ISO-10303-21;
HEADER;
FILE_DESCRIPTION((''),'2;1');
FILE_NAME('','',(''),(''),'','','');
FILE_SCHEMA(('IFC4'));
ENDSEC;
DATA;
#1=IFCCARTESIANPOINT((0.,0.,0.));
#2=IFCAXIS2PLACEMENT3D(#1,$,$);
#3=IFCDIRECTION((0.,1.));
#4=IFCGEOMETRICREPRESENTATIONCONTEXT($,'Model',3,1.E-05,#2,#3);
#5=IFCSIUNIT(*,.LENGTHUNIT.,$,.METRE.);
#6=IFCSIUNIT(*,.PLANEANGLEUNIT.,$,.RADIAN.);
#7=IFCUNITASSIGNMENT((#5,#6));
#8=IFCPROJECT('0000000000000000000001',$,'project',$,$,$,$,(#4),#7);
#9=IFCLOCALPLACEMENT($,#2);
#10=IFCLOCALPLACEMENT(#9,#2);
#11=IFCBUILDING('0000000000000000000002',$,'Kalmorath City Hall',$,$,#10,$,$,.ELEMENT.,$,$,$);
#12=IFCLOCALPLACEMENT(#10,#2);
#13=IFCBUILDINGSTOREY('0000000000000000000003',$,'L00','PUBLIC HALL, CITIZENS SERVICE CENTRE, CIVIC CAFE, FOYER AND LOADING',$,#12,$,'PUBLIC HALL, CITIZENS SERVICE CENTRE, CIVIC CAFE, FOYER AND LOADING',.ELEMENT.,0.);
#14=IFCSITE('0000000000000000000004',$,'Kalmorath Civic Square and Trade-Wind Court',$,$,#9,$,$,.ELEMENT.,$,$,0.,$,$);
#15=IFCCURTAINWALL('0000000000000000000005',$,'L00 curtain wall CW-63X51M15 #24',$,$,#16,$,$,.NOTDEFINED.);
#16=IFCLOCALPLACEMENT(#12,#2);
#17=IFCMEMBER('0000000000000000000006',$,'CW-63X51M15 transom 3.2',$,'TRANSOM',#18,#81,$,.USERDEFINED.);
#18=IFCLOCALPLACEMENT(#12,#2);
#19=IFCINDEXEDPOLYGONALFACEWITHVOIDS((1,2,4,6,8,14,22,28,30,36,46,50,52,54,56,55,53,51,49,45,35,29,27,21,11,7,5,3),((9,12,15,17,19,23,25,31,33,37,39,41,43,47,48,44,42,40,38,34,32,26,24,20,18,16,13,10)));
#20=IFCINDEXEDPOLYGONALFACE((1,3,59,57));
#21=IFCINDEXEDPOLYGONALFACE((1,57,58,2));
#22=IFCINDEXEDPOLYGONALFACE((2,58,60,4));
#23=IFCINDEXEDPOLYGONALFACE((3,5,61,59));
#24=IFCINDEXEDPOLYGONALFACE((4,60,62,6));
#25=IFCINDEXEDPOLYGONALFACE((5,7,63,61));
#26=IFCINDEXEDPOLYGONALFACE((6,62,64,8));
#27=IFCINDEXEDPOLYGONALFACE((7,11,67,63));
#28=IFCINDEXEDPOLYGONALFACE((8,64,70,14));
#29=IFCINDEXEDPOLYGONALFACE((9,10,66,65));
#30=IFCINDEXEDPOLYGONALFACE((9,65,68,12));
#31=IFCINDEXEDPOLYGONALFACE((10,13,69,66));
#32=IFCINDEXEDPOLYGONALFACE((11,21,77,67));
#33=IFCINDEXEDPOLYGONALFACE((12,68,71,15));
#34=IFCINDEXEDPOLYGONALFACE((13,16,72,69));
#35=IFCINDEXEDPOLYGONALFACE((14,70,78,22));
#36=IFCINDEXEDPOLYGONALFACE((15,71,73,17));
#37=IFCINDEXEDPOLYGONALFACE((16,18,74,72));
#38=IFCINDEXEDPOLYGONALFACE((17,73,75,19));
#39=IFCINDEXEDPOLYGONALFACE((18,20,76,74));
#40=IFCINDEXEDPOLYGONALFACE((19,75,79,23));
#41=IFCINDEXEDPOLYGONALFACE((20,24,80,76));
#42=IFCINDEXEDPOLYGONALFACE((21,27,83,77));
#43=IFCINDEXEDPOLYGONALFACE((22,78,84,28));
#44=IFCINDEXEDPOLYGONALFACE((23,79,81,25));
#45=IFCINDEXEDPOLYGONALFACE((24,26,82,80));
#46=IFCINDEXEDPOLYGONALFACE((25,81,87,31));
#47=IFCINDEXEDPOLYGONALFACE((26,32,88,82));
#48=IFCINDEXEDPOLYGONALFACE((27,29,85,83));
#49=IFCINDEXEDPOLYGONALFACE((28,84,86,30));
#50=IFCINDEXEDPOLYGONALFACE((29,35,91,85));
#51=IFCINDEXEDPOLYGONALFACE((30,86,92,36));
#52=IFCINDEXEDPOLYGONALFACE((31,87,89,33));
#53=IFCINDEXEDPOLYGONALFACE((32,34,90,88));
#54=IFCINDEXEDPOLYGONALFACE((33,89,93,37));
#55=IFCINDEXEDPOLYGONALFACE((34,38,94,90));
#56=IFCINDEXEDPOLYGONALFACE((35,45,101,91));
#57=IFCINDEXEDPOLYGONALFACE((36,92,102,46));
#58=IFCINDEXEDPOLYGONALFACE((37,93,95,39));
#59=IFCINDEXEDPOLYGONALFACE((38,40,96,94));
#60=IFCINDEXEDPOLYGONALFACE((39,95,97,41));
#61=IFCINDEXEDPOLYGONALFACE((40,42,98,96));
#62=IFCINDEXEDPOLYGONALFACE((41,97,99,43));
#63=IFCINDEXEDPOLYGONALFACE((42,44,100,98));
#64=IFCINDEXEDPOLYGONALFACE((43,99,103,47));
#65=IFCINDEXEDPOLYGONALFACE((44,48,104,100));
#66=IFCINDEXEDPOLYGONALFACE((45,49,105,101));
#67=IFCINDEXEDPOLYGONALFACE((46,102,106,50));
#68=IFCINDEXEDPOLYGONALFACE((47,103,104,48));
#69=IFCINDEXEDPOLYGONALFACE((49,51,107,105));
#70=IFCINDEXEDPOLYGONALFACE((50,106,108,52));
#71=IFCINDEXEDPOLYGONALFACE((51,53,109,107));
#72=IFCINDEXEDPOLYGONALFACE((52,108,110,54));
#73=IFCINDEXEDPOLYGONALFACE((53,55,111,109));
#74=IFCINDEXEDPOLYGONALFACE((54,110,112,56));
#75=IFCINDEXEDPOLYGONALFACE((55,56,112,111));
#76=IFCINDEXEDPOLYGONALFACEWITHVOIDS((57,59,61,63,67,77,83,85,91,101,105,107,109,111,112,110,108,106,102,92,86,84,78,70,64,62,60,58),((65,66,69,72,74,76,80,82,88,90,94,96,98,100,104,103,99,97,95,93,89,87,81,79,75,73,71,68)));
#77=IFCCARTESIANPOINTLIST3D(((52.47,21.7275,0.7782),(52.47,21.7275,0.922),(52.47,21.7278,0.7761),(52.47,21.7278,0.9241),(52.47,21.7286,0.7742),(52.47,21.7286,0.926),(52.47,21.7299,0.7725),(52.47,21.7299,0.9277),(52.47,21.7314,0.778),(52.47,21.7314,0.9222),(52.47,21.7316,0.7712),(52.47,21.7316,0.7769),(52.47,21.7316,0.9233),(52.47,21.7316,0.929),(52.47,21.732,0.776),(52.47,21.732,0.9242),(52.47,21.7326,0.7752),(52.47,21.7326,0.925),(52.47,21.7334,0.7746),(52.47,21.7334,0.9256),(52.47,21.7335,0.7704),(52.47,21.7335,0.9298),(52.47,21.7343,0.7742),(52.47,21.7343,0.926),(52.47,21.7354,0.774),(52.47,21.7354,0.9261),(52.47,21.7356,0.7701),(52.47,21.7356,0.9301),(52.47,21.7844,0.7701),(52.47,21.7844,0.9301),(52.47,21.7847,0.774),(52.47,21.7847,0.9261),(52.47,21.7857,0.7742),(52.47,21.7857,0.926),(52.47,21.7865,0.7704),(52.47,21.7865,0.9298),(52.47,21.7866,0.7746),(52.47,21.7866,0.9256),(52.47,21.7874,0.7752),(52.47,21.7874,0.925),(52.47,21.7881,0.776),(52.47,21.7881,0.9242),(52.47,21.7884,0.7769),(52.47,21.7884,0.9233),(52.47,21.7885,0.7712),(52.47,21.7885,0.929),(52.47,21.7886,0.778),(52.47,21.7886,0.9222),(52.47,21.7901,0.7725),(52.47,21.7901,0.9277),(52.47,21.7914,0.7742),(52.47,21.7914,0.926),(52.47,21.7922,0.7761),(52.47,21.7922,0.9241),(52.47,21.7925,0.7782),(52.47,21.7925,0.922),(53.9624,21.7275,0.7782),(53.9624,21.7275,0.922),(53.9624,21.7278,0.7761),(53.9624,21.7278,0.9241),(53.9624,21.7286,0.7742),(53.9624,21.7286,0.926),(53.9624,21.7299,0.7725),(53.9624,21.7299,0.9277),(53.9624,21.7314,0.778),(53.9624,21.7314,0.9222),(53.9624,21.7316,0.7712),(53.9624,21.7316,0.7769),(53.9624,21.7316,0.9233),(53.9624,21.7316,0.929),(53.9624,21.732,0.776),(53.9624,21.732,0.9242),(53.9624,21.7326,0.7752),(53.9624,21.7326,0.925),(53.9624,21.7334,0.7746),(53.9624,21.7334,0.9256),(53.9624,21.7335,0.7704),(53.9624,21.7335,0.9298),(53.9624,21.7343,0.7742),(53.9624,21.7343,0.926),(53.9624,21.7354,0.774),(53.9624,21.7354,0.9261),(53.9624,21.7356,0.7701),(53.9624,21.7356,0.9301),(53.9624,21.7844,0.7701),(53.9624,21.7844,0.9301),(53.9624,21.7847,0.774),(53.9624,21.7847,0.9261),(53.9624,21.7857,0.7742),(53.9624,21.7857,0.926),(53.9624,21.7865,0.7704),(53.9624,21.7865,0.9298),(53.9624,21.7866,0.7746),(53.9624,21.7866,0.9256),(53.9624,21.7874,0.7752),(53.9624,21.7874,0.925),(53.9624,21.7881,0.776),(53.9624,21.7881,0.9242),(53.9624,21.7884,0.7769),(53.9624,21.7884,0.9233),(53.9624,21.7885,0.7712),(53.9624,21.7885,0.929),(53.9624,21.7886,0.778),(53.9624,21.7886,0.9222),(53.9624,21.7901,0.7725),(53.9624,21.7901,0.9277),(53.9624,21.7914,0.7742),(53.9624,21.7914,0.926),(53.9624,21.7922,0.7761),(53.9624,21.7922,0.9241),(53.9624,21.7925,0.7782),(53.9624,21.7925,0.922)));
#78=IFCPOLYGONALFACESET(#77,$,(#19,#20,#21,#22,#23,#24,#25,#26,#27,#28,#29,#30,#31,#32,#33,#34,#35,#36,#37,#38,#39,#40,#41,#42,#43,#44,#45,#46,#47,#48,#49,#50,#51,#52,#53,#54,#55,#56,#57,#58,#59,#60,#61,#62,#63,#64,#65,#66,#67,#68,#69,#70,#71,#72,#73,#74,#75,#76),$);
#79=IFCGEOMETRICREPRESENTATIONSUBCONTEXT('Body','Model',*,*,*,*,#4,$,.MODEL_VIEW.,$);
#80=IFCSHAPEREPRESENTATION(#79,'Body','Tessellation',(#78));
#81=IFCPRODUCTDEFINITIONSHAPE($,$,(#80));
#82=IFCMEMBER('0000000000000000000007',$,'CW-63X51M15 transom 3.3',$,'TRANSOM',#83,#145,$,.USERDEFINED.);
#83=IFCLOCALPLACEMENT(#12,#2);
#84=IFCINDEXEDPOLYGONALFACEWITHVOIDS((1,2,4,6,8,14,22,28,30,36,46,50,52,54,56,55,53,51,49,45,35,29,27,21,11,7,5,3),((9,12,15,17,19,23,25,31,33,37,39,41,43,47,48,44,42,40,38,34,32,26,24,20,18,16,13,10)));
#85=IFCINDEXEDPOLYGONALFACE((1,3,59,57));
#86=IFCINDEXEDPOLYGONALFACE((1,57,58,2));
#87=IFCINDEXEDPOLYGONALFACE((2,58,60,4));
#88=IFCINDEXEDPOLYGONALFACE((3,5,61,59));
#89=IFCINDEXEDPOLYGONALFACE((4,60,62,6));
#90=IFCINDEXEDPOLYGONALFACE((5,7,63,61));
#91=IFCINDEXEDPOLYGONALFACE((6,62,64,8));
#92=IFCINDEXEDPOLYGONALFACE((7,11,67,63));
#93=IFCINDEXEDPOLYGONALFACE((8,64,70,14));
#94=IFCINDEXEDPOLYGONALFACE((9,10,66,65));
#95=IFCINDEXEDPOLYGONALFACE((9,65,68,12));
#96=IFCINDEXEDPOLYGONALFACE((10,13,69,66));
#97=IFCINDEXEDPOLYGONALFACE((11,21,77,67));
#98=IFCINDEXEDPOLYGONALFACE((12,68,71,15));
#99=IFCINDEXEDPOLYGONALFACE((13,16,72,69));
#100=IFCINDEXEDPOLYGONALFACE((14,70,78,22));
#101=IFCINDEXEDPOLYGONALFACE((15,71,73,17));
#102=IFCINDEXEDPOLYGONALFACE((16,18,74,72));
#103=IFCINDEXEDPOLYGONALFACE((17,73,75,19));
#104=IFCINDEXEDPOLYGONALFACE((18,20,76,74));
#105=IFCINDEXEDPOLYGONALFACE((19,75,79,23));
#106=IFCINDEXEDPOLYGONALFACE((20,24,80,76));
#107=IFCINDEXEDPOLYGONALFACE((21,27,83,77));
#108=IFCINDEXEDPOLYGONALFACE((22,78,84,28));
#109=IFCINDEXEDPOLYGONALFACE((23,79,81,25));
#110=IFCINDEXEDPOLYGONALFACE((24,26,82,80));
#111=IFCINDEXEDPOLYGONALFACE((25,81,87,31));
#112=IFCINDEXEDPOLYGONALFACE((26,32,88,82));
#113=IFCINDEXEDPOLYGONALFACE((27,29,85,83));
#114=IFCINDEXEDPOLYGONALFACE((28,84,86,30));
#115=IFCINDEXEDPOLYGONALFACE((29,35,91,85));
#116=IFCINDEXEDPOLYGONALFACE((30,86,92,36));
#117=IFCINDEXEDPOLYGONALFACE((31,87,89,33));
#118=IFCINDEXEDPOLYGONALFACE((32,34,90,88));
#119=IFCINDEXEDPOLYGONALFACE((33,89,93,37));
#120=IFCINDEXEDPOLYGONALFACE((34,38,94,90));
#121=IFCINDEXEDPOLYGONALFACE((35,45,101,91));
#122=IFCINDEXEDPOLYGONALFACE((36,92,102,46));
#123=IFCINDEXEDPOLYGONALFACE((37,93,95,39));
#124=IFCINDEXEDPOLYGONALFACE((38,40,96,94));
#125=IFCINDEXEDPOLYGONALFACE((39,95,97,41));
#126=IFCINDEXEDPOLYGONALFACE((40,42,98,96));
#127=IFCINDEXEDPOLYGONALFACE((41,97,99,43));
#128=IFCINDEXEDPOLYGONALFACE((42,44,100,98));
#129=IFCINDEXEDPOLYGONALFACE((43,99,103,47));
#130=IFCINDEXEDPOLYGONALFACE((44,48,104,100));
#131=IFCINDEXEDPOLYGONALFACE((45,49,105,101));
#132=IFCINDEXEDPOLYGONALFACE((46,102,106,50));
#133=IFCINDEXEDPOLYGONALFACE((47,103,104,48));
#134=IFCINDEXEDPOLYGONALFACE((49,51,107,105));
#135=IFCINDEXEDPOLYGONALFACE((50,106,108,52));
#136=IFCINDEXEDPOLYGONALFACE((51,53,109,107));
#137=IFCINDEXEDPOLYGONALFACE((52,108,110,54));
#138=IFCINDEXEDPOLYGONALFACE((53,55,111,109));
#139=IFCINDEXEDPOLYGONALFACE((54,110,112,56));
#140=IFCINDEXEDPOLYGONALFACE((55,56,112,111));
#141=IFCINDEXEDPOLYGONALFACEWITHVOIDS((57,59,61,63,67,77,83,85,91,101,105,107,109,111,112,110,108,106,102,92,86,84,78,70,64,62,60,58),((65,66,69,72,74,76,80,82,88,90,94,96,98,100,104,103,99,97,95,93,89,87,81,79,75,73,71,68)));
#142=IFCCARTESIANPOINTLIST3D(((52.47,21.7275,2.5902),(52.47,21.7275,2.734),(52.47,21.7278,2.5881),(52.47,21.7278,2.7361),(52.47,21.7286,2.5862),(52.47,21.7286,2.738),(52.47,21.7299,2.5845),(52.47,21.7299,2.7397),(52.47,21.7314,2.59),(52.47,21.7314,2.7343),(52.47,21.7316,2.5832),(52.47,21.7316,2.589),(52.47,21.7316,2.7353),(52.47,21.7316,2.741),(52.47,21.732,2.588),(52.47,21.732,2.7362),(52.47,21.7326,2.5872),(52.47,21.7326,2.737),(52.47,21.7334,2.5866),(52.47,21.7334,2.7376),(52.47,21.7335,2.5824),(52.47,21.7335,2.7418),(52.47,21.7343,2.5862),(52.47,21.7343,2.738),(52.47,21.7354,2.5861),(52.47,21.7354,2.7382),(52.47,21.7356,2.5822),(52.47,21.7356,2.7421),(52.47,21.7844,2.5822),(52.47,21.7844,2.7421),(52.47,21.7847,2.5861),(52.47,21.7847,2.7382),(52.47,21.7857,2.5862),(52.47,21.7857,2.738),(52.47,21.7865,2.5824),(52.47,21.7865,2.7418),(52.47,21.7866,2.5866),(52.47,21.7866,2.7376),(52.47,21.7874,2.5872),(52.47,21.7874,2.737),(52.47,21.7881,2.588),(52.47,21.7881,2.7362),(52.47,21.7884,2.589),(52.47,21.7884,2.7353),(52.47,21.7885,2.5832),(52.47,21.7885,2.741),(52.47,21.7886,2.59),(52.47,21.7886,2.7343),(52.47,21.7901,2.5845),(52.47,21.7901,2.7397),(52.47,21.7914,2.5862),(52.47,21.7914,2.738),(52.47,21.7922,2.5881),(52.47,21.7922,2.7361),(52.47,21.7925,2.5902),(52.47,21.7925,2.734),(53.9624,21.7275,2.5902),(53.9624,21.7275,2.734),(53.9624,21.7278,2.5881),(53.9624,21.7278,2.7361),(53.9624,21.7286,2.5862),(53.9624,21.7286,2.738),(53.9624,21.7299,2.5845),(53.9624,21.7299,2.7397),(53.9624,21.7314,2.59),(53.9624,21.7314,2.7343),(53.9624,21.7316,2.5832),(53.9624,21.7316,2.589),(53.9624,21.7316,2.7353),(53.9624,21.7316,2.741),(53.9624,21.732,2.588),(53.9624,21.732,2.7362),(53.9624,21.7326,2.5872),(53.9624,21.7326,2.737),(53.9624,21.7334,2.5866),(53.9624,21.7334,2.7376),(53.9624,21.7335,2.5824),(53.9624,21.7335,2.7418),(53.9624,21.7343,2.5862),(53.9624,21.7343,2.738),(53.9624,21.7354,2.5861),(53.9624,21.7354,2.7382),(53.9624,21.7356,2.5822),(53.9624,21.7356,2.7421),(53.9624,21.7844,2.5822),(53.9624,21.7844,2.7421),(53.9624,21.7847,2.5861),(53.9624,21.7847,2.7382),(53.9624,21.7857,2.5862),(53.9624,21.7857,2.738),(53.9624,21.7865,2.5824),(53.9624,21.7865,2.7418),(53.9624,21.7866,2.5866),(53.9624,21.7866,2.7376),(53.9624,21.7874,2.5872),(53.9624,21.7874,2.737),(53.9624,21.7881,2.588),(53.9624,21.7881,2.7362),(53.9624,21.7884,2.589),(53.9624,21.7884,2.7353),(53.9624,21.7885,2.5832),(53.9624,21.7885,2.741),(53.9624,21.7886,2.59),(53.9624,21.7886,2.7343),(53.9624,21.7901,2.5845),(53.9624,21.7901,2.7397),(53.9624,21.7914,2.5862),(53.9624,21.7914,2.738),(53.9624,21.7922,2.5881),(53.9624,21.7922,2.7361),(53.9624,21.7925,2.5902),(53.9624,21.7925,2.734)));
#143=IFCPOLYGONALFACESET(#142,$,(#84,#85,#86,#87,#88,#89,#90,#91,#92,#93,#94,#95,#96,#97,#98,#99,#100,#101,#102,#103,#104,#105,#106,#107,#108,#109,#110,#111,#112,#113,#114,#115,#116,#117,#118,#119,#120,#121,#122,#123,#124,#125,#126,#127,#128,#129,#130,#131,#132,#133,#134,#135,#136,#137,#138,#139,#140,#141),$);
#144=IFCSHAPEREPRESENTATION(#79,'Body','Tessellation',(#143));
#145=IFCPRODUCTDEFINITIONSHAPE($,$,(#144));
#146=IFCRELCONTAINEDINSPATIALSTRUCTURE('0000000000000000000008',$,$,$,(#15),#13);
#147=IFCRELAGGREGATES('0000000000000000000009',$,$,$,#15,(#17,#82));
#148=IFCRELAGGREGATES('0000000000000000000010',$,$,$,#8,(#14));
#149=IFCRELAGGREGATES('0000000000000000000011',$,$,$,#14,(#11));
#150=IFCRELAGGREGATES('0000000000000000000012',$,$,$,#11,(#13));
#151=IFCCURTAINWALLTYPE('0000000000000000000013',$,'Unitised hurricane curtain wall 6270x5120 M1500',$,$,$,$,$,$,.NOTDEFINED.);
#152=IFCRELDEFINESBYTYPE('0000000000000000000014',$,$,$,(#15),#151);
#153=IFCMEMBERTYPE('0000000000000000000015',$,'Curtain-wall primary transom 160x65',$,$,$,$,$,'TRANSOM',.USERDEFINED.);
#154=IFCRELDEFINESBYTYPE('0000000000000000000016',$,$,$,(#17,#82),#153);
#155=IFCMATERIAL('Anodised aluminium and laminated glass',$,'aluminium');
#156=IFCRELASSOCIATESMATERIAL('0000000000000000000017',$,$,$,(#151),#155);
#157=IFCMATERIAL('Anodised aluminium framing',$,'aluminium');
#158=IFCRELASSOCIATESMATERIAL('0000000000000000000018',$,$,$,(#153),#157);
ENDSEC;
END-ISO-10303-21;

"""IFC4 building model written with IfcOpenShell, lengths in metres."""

from ifc_helpers import new_model, si_unit, direction, frame, origin, origin_2d, place, context, subcontext, project, spatial, hollow_rectangle, extrude, material, material_profile, profile_set, type_object, element, aggregate, save


model = new_model("IFC4")

# Units and contexts
model_context = context("Model", 3, precision=1e-05, world=origin(), true_north=direction((0.0, 1.0)))
body_context = subcontext(model_context, "Body", "Model", "MODEL_VIEW")
ifc_project = project(units=[si_unit("LENGTHUNIT", "METRE"), si_unit("PLANEANGLEUNIT", "RADIAN")], contexts=[model_context])

# Site, building, storey
site_placement = place(None, origin())
site = spatial("IfcSite", under=ifc_project, at=site_placement, Name="Kalmorath Civic Square and Trade-Wind Court", CompositionType="ELEMENT", RefElevation=0.0)
building_placement = place(site_placement, origin())
building = spatial("IfcBuilding", under=site, at=building_placement, Name="Kalmorath City Hall", CompositionType="ELEMENT")
storey_placement = place(building_placement, origin())
storey = spatial("IfcBuildingStorey", under=building, at=storey_placement, Name="L00", Description="PUBLIC HALL, CITIZENS SERVICE CENTRE, CIVIC CAFE, FOYER AND LOADING", LongName="PUBLIC HALL, CITIZENS SERVICE CENTRE, CIVIC CAFE, FOYER AND LOADING", CompositionType="ELEMENT", Elevation=0.0)

# Curtain wall, members
ifc_material_1 = material(Name="Anodised aluminium and laminated glass", Category="aluminium")
curtain_wall_type = type_object("IfcCurtainWallType", Name="Unitised hurricane curtain wall 6270x5120 M1500", PredefinedType="NOTDEFINED", material=ifc_material_1)
curtain_wall_placement = place(storey_placement, origin())
curtain_wall = element("IfcCurtainWall", 1, at=curtain_wall_placement, inside=storey, type_object=curtain_wall_type, Name="L00 curtain wall CW-63X51M15 #24", PredefinedType="NOTDEFINED")
ifc_material_2 = material(Name="Anodised aluminium framing", Category="aluminium")
ifc_material_profile_1 = material_profile(ifc_material_2, hollow_rectangle(XDim=0.0649, YDim=0.1599, WallThickness=0.0039, InnerFilletRadius=0.0039, OuterFilletRadius=0.0081, at=origin_2d()), Name="ALU-TRN-160X65X4")
ifc_profile_set_1 = profile_set([ifc_material_profile_1], Name="Anodised aluminium framing")
member_type_1 = type_object("IfcMemberType", Name="Curtain-wall primary transom 160x65", ElementType="TRANSOM", PredefinedType="USERDEFINED", material=ifc_profile_set_1)
member_1_placement = place(storey_placement, frame((53.9624, 21.76, 0.8501), z_axis=(-1.0, 0.0, 0.0), x_axis=(0.0, -1.0, 0.0)))
member_1 = element("IfcMember", 2, at=member_1_placement, type_object=member_type_1, Name="CW-63X51M15 transom 3.2", ObjectType="TRANSOM", PredefinedType="USERDEFINED", context=body_context, shape_type="SweptSolid", body=[
    extrude(hollow_rectangle(XDim=0.0649, YDim=0.1599, WallThickness=0.0039, InnerFilletRadius=0.0039, OuterFilletRadius=0.0081, at=origin_2d()), origin(), (0.0, 0.0, 1.0), 1.4924),
])
member_2_placement = place(storey_placement, frame((53.9624, 21.76, 2.6621), z_axis=(-1.0, 0.0, 0.0), x_axis=(0.0, -1.0, 0.0)))
member_2 = element("IfcMember", 3, at=member_2_placement, type_object=member_type_1, Name="CW-63X51M15 transom 3.3", ObjectType="TRANSOM", PredefinedType="USERDEFINED", context=body_context, shape_type="SweptSolid", body=[
    extrude(hollow_rectangle(XDim=0.0649, YDim=0.1599, WallThickness=0.0039, InnerFilletRadius=0.0039, OuterFilletRadius=0.0081, at=origin_2d()), origin(), (0.0, 0.0, 1.0), 1.4924),
])

aggregate(curtain_wall, [member_1, member_2])

save(model, "model.ifc")
